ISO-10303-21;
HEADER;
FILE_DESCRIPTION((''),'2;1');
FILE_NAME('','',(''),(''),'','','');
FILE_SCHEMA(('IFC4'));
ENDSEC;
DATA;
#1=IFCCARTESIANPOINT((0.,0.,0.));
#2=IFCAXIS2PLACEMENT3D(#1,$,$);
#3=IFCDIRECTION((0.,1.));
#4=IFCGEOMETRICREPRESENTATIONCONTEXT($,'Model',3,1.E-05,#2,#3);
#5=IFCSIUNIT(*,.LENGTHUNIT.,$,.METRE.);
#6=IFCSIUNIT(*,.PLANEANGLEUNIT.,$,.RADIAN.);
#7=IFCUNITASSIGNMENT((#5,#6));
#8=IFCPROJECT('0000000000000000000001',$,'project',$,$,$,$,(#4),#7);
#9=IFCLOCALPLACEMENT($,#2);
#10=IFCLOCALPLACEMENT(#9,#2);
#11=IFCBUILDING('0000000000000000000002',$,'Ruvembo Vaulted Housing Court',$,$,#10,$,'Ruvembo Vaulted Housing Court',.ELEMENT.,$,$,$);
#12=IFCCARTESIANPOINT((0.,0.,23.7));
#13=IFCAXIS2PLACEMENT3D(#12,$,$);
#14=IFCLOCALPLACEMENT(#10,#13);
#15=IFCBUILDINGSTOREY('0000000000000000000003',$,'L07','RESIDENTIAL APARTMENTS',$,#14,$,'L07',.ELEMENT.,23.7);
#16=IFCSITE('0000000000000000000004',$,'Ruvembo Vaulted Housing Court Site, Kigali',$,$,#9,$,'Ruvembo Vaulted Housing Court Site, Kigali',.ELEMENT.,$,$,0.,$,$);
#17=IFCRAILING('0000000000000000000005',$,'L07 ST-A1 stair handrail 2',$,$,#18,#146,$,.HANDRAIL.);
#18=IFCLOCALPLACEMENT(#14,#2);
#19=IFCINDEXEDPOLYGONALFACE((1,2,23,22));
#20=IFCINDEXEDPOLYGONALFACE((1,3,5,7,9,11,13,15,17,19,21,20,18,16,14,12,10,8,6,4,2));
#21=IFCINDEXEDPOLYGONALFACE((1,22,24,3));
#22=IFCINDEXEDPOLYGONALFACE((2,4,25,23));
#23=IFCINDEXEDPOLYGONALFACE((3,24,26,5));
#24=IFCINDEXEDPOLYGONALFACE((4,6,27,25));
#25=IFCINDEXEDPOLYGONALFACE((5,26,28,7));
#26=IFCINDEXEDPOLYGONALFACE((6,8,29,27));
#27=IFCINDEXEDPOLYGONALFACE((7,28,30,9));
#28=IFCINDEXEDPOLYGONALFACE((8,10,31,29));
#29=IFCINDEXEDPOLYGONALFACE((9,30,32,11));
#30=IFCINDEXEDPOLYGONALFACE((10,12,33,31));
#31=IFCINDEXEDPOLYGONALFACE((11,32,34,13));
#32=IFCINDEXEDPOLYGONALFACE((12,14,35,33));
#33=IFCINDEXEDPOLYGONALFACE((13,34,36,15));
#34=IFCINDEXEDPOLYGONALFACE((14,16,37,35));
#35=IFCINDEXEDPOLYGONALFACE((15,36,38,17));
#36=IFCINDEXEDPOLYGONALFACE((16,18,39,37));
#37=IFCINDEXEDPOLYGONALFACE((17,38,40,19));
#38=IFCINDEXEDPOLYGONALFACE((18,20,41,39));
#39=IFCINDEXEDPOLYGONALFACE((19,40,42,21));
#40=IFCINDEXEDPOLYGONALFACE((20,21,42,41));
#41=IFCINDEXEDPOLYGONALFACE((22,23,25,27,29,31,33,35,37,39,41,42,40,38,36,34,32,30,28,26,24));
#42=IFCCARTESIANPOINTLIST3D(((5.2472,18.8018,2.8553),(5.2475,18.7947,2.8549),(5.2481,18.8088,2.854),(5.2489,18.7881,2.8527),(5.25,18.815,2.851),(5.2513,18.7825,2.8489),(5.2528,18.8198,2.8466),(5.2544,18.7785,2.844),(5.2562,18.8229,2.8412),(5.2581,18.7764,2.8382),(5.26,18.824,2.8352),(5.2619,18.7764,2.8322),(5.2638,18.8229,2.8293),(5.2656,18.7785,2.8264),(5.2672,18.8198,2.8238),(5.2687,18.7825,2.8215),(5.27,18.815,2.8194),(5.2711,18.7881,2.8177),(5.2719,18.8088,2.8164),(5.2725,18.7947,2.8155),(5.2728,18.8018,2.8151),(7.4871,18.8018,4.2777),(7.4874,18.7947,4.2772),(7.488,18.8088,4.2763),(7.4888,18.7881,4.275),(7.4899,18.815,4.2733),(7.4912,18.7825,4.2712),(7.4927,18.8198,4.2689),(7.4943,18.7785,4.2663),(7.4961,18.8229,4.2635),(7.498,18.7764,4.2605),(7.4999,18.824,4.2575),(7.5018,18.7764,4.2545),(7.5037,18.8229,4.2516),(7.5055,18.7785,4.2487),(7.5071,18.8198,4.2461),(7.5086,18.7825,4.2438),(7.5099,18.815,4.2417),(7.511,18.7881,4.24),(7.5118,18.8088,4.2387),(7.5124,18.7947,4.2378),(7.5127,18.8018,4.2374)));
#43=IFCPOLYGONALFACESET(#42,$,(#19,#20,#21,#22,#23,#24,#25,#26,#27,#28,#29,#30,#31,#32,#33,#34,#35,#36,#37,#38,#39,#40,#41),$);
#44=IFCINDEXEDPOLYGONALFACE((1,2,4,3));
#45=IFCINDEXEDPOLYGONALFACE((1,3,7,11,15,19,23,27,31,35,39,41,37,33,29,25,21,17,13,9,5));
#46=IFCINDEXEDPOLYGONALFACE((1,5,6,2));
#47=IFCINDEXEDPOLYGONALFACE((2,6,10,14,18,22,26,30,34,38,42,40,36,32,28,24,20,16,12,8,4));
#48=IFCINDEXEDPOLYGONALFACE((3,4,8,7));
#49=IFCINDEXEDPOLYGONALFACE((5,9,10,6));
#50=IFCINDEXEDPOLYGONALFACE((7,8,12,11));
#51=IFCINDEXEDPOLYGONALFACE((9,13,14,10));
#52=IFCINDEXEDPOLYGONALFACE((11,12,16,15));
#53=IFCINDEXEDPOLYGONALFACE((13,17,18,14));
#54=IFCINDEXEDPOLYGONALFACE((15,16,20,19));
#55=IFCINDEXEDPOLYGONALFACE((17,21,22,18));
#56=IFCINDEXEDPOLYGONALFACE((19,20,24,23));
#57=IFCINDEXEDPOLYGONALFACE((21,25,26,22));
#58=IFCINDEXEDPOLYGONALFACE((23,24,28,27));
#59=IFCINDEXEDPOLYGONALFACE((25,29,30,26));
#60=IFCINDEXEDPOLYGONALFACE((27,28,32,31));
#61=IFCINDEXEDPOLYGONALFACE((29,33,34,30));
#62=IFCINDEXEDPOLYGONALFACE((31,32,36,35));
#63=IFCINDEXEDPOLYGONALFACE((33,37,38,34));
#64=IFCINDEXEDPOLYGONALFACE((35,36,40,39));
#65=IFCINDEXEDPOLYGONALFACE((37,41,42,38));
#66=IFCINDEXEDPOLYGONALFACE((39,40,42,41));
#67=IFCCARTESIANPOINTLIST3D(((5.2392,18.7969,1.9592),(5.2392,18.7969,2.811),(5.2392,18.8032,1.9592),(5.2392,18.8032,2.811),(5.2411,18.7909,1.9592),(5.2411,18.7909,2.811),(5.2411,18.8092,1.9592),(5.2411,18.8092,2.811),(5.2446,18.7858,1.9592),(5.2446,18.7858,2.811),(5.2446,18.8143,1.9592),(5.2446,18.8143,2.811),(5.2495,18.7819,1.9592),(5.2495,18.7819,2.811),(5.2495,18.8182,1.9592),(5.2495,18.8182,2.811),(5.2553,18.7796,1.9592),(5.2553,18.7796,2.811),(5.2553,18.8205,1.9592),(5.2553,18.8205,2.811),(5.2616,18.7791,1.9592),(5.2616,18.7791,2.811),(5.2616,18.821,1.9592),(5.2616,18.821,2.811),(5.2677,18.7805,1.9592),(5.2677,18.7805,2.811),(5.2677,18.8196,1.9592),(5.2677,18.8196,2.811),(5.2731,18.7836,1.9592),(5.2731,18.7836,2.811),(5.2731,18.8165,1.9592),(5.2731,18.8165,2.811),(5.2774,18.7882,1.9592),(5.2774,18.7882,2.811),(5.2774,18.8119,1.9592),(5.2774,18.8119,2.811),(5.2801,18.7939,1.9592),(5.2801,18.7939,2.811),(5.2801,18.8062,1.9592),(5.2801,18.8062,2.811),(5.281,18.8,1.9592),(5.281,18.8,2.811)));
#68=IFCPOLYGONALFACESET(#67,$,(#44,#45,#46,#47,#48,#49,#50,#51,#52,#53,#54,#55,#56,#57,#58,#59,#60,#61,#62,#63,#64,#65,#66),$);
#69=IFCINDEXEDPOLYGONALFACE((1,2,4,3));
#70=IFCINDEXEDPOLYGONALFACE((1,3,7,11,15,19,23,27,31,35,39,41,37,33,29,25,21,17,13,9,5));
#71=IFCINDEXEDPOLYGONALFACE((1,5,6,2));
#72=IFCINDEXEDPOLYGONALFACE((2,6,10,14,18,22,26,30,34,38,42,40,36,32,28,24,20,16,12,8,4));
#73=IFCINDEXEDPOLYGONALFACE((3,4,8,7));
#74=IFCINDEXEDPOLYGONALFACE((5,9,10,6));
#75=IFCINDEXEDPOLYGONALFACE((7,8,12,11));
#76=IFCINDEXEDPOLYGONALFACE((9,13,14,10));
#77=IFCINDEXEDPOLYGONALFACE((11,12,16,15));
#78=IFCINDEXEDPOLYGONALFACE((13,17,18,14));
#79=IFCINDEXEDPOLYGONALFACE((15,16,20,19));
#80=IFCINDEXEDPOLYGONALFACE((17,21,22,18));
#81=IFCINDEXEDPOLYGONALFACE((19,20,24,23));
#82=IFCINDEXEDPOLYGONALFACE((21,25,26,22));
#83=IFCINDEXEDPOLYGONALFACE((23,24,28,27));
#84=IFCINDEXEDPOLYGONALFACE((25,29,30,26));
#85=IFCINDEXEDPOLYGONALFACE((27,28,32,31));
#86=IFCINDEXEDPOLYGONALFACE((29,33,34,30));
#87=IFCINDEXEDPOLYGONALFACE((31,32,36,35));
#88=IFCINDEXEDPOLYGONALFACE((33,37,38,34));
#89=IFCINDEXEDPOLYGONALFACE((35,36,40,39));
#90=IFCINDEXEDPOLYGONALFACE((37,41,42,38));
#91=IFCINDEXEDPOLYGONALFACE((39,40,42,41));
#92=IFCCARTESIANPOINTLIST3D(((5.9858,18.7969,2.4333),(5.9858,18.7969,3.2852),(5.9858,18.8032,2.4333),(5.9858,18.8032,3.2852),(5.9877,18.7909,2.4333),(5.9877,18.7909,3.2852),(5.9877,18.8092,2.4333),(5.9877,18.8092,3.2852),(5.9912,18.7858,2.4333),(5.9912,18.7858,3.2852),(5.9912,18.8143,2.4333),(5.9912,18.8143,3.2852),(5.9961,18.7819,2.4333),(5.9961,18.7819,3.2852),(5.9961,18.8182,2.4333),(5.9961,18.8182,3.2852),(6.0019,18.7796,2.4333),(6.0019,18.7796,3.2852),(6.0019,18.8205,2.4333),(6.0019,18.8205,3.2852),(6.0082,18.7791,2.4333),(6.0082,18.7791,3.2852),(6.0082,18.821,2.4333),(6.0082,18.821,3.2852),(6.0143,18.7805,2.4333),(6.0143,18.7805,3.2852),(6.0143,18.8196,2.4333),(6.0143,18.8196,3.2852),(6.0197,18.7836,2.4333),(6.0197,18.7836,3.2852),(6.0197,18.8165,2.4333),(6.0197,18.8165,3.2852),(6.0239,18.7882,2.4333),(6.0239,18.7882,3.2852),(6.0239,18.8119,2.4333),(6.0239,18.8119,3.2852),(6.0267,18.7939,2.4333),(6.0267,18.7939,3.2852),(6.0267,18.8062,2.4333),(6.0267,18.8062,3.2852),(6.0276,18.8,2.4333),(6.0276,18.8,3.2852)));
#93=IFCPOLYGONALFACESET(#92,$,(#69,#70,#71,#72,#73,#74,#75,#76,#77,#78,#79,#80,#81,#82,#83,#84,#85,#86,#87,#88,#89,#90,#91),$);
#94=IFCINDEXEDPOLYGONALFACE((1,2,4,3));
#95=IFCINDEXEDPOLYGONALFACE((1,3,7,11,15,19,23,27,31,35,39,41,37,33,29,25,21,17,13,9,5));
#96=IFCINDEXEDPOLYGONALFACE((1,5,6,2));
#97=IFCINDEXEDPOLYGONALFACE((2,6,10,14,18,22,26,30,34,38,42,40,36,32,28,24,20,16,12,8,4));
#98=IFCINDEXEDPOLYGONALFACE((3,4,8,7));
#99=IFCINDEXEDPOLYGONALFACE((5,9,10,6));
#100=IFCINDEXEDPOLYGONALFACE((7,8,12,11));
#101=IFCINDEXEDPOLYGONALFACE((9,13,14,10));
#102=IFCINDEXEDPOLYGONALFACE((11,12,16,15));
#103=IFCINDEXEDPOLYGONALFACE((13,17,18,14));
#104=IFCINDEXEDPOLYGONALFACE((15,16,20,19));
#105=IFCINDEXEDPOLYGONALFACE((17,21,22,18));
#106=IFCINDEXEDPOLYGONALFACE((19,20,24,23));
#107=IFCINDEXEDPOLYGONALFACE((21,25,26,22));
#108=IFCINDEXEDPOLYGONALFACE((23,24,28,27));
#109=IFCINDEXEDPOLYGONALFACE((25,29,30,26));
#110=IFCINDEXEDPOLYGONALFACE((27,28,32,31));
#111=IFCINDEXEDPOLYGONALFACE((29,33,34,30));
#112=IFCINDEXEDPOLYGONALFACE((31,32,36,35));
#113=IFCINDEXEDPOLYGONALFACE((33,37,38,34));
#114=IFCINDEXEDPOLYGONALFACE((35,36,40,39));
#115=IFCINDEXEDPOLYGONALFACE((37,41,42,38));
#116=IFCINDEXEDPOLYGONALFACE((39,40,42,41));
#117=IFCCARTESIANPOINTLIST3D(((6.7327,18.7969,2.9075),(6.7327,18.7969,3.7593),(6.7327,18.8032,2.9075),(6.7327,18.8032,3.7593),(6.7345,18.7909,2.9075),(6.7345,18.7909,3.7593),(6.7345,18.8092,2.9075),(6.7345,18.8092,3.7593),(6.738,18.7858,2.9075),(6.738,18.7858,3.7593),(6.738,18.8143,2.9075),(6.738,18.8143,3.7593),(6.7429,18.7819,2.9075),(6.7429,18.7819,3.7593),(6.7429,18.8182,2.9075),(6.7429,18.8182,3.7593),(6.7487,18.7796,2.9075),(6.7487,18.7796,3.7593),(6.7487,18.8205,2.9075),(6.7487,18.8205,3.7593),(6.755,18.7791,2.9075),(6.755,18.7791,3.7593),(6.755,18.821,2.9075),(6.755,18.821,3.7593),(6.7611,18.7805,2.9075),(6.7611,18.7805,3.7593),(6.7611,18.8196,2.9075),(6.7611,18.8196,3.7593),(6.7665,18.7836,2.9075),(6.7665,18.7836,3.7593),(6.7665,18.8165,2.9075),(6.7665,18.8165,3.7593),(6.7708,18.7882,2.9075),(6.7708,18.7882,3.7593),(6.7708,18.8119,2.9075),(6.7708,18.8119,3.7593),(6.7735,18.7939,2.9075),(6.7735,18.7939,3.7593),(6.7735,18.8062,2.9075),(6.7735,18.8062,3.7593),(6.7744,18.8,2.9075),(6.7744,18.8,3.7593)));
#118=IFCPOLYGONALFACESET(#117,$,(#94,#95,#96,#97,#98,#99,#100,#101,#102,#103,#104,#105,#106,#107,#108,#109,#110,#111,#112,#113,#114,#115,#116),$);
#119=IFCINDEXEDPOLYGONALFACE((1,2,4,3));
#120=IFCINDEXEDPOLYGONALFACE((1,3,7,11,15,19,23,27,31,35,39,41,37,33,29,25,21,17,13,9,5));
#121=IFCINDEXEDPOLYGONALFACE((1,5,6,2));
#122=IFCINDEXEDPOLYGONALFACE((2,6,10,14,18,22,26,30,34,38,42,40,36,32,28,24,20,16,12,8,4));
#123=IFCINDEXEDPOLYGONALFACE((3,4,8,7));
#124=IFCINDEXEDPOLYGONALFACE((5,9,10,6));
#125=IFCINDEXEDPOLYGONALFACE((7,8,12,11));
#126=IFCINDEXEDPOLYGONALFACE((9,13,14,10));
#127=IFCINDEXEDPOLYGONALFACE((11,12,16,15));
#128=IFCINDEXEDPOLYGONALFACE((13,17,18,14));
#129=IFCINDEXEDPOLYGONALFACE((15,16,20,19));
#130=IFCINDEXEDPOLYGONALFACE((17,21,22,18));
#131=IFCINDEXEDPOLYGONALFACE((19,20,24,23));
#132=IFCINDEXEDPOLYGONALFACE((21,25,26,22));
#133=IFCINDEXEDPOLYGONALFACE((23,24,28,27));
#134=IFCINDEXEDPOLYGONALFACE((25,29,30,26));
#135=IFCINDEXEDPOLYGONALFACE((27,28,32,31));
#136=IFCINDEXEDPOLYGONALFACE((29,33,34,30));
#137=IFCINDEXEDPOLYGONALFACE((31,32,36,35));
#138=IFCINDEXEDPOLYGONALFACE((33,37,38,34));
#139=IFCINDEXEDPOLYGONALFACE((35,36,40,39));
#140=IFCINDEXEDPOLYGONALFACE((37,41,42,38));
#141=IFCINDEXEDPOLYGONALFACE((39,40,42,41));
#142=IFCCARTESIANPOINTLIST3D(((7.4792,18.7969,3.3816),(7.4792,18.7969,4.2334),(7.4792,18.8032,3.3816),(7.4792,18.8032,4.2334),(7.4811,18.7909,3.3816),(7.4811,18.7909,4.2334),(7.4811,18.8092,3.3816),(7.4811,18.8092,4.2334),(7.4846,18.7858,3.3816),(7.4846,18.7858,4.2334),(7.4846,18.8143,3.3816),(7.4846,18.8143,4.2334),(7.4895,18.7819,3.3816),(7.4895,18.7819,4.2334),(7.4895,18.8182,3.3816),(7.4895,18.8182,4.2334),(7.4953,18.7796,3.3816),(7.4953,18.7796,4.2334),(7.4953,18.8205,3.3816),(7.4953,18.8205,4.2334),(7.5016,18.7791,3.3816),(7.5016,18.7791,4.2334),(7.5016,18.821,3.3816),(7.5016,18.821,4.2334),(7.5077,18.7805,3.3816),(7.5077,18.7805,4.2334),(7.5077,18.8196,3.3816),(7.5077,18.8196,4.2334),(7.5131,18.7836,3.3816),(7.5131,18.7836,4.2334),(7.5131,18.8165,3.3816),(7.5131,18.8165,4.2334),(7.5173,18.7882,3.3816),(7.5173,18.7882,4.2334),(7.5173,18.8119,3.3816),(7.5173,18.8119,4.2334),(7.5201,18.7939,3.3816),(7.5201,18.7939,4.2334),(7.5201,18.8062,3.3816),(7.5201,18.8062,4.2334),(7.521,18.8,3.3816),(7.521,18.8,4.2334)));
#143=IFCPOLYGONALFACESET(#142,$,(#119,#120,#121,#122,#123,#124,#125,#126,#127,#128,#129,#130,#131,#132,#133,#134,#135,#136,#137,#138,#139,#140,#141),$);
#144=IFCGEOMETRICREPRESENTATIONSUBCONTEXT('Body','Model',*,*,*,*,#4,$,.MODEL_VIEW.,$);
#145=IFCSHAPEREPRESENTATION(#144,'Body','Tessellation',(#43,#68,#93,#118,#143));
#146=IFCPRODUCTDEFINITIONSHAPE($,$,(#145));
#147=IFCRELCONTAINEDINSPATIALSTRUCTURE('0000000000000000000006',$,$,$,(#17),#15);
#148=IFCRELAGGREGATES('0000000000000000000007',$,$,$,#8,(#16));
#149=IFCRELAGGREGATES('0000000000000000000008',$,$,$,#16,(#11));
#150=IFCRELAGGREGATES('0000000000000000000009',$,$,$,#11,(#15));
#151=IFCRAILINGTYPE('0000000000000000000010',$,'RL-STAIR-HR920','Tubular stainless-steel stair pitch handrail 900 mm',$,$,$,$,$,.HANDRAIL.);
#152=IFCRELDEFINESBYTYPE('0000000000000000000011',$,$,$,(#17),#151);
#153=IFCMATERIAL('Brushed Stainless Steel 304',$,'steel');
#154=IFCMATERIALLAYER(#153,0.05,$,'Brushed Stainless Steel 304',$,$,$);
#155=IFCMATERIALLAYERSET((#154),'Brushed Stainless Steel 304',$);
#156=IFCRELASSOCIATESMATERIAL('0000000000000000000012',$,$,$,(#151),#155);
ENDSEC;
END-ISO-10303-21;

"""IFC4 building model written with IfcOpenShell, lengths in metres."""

from ifc_helpers import new_model, si_unit, direction, frame, origin, origin_2d, place, context, subcontext, project, spatial, circle, extrude, material, layer, layer_set, type_object, element, save


model = new_model("IFC4")

# Units and contexts
model_context = context("Model", 3, precision=1e-05, world=origin(), true_north=direction((0.0, 1.0)))
body_context = subcontext(model_context, "Body", "Model", "MODEL_VIEW")
ifc_project = project(units=[si_unit("LENGTHUNIT", "METRE"), si_unit("PLANEANGLEUNIT", "RADIAN")], contexts=[model_context])

# Site, building, storey
site_placement = place(None, origin())
site = spatial("IfcSite", under=ifc_project, at=site_placement, Name="Ruvembo Vaulted Housing Court Site, Kigali", LongName="Ruvembo Vaulted Housing Court Site, Kigali", CompositionType="ELEMENT", RefElevation=0.0)
building_placement = place(site_placement, origin())
building = spatial("IfcBuilding", under=site, at=building_placement, Name="Ruvembo Vaulted Housing Court", LongName="Ruvembo Vaulted Housing Court", CompositionType="ELEMENT")
storey_placement = place(building_placement, frame((0.0, 0.0, 23.7)))
storey = spatial("IfcBuildingStorey", under=building, at=storey_placement, Name="L07", Description="RESIDENTIAL APARTMENTS", LongName="L07", CompositionType="ELEMENT", Elevation=23.7)

# Shared definitions
ifc_material_1 = material(Name="Brushed Stainless Steel 304", Category="steel")

# Railing
ifc_layer_1 = layer(ifc_material_1, 0.05, Name="Brushed Stainless Steel 304")
ifc_layer_set_1 = layer_set([ifc_layer_1], Name="Brushed Stainless Steel 304")
railing_type_1 = type_object("IfcRailingType", Name="RL-STAIR-HR920", Description="Tubular stainless-steel stair pitch handrail 900 mm", PredefinedType="HANDRAIL", material=ifc_layer_set_1)
railing_1_placement = place(storey_placement, frame((5.26, 18.8, 1.9592)))
element("IfcRailing", 1, at=railing_1_placement, inside=storey, type_object=railing_type_1, Name="L07 ST-A1 stair handrail 2", PredefinedType="HANDRAIL", context=body_context, shape_type="SweptSolid", body=[
    extrude(circle(Radius=0.0239, at=origin_2d()), frame((0.0, 0.0, 0.876), z_axis=(0.844188, 0.0, 0.536048), x_axis=(0.0, 1.0, 0.0)), (0.0, 0.0, 1.0), 2.6533),
    extrude(circle(Radius=0.021, at=origin_2d()), origin(), (0.0, 0.0, 1.0), 0.8518),
    extrude(circle(Radius=0.021, at=origin_2d()), frame((0.7466, 0.0, 0.4741)), (0.0, 0.0, 1.0), 0.8518),
    extrude(circle(Radius=0.021, at=origin_2d()), frame((1.4934, 0.0, 0.9482)), (0.0, 0.0, 1.0), 0.8518),
    extrude(circle(Radius=0.021, at=origin_2d()), frame((2.24, 0.0, 1.4224)), (0.0, 0.0, 1.0), 0.8518),
])

save(model, "model.ifc")
